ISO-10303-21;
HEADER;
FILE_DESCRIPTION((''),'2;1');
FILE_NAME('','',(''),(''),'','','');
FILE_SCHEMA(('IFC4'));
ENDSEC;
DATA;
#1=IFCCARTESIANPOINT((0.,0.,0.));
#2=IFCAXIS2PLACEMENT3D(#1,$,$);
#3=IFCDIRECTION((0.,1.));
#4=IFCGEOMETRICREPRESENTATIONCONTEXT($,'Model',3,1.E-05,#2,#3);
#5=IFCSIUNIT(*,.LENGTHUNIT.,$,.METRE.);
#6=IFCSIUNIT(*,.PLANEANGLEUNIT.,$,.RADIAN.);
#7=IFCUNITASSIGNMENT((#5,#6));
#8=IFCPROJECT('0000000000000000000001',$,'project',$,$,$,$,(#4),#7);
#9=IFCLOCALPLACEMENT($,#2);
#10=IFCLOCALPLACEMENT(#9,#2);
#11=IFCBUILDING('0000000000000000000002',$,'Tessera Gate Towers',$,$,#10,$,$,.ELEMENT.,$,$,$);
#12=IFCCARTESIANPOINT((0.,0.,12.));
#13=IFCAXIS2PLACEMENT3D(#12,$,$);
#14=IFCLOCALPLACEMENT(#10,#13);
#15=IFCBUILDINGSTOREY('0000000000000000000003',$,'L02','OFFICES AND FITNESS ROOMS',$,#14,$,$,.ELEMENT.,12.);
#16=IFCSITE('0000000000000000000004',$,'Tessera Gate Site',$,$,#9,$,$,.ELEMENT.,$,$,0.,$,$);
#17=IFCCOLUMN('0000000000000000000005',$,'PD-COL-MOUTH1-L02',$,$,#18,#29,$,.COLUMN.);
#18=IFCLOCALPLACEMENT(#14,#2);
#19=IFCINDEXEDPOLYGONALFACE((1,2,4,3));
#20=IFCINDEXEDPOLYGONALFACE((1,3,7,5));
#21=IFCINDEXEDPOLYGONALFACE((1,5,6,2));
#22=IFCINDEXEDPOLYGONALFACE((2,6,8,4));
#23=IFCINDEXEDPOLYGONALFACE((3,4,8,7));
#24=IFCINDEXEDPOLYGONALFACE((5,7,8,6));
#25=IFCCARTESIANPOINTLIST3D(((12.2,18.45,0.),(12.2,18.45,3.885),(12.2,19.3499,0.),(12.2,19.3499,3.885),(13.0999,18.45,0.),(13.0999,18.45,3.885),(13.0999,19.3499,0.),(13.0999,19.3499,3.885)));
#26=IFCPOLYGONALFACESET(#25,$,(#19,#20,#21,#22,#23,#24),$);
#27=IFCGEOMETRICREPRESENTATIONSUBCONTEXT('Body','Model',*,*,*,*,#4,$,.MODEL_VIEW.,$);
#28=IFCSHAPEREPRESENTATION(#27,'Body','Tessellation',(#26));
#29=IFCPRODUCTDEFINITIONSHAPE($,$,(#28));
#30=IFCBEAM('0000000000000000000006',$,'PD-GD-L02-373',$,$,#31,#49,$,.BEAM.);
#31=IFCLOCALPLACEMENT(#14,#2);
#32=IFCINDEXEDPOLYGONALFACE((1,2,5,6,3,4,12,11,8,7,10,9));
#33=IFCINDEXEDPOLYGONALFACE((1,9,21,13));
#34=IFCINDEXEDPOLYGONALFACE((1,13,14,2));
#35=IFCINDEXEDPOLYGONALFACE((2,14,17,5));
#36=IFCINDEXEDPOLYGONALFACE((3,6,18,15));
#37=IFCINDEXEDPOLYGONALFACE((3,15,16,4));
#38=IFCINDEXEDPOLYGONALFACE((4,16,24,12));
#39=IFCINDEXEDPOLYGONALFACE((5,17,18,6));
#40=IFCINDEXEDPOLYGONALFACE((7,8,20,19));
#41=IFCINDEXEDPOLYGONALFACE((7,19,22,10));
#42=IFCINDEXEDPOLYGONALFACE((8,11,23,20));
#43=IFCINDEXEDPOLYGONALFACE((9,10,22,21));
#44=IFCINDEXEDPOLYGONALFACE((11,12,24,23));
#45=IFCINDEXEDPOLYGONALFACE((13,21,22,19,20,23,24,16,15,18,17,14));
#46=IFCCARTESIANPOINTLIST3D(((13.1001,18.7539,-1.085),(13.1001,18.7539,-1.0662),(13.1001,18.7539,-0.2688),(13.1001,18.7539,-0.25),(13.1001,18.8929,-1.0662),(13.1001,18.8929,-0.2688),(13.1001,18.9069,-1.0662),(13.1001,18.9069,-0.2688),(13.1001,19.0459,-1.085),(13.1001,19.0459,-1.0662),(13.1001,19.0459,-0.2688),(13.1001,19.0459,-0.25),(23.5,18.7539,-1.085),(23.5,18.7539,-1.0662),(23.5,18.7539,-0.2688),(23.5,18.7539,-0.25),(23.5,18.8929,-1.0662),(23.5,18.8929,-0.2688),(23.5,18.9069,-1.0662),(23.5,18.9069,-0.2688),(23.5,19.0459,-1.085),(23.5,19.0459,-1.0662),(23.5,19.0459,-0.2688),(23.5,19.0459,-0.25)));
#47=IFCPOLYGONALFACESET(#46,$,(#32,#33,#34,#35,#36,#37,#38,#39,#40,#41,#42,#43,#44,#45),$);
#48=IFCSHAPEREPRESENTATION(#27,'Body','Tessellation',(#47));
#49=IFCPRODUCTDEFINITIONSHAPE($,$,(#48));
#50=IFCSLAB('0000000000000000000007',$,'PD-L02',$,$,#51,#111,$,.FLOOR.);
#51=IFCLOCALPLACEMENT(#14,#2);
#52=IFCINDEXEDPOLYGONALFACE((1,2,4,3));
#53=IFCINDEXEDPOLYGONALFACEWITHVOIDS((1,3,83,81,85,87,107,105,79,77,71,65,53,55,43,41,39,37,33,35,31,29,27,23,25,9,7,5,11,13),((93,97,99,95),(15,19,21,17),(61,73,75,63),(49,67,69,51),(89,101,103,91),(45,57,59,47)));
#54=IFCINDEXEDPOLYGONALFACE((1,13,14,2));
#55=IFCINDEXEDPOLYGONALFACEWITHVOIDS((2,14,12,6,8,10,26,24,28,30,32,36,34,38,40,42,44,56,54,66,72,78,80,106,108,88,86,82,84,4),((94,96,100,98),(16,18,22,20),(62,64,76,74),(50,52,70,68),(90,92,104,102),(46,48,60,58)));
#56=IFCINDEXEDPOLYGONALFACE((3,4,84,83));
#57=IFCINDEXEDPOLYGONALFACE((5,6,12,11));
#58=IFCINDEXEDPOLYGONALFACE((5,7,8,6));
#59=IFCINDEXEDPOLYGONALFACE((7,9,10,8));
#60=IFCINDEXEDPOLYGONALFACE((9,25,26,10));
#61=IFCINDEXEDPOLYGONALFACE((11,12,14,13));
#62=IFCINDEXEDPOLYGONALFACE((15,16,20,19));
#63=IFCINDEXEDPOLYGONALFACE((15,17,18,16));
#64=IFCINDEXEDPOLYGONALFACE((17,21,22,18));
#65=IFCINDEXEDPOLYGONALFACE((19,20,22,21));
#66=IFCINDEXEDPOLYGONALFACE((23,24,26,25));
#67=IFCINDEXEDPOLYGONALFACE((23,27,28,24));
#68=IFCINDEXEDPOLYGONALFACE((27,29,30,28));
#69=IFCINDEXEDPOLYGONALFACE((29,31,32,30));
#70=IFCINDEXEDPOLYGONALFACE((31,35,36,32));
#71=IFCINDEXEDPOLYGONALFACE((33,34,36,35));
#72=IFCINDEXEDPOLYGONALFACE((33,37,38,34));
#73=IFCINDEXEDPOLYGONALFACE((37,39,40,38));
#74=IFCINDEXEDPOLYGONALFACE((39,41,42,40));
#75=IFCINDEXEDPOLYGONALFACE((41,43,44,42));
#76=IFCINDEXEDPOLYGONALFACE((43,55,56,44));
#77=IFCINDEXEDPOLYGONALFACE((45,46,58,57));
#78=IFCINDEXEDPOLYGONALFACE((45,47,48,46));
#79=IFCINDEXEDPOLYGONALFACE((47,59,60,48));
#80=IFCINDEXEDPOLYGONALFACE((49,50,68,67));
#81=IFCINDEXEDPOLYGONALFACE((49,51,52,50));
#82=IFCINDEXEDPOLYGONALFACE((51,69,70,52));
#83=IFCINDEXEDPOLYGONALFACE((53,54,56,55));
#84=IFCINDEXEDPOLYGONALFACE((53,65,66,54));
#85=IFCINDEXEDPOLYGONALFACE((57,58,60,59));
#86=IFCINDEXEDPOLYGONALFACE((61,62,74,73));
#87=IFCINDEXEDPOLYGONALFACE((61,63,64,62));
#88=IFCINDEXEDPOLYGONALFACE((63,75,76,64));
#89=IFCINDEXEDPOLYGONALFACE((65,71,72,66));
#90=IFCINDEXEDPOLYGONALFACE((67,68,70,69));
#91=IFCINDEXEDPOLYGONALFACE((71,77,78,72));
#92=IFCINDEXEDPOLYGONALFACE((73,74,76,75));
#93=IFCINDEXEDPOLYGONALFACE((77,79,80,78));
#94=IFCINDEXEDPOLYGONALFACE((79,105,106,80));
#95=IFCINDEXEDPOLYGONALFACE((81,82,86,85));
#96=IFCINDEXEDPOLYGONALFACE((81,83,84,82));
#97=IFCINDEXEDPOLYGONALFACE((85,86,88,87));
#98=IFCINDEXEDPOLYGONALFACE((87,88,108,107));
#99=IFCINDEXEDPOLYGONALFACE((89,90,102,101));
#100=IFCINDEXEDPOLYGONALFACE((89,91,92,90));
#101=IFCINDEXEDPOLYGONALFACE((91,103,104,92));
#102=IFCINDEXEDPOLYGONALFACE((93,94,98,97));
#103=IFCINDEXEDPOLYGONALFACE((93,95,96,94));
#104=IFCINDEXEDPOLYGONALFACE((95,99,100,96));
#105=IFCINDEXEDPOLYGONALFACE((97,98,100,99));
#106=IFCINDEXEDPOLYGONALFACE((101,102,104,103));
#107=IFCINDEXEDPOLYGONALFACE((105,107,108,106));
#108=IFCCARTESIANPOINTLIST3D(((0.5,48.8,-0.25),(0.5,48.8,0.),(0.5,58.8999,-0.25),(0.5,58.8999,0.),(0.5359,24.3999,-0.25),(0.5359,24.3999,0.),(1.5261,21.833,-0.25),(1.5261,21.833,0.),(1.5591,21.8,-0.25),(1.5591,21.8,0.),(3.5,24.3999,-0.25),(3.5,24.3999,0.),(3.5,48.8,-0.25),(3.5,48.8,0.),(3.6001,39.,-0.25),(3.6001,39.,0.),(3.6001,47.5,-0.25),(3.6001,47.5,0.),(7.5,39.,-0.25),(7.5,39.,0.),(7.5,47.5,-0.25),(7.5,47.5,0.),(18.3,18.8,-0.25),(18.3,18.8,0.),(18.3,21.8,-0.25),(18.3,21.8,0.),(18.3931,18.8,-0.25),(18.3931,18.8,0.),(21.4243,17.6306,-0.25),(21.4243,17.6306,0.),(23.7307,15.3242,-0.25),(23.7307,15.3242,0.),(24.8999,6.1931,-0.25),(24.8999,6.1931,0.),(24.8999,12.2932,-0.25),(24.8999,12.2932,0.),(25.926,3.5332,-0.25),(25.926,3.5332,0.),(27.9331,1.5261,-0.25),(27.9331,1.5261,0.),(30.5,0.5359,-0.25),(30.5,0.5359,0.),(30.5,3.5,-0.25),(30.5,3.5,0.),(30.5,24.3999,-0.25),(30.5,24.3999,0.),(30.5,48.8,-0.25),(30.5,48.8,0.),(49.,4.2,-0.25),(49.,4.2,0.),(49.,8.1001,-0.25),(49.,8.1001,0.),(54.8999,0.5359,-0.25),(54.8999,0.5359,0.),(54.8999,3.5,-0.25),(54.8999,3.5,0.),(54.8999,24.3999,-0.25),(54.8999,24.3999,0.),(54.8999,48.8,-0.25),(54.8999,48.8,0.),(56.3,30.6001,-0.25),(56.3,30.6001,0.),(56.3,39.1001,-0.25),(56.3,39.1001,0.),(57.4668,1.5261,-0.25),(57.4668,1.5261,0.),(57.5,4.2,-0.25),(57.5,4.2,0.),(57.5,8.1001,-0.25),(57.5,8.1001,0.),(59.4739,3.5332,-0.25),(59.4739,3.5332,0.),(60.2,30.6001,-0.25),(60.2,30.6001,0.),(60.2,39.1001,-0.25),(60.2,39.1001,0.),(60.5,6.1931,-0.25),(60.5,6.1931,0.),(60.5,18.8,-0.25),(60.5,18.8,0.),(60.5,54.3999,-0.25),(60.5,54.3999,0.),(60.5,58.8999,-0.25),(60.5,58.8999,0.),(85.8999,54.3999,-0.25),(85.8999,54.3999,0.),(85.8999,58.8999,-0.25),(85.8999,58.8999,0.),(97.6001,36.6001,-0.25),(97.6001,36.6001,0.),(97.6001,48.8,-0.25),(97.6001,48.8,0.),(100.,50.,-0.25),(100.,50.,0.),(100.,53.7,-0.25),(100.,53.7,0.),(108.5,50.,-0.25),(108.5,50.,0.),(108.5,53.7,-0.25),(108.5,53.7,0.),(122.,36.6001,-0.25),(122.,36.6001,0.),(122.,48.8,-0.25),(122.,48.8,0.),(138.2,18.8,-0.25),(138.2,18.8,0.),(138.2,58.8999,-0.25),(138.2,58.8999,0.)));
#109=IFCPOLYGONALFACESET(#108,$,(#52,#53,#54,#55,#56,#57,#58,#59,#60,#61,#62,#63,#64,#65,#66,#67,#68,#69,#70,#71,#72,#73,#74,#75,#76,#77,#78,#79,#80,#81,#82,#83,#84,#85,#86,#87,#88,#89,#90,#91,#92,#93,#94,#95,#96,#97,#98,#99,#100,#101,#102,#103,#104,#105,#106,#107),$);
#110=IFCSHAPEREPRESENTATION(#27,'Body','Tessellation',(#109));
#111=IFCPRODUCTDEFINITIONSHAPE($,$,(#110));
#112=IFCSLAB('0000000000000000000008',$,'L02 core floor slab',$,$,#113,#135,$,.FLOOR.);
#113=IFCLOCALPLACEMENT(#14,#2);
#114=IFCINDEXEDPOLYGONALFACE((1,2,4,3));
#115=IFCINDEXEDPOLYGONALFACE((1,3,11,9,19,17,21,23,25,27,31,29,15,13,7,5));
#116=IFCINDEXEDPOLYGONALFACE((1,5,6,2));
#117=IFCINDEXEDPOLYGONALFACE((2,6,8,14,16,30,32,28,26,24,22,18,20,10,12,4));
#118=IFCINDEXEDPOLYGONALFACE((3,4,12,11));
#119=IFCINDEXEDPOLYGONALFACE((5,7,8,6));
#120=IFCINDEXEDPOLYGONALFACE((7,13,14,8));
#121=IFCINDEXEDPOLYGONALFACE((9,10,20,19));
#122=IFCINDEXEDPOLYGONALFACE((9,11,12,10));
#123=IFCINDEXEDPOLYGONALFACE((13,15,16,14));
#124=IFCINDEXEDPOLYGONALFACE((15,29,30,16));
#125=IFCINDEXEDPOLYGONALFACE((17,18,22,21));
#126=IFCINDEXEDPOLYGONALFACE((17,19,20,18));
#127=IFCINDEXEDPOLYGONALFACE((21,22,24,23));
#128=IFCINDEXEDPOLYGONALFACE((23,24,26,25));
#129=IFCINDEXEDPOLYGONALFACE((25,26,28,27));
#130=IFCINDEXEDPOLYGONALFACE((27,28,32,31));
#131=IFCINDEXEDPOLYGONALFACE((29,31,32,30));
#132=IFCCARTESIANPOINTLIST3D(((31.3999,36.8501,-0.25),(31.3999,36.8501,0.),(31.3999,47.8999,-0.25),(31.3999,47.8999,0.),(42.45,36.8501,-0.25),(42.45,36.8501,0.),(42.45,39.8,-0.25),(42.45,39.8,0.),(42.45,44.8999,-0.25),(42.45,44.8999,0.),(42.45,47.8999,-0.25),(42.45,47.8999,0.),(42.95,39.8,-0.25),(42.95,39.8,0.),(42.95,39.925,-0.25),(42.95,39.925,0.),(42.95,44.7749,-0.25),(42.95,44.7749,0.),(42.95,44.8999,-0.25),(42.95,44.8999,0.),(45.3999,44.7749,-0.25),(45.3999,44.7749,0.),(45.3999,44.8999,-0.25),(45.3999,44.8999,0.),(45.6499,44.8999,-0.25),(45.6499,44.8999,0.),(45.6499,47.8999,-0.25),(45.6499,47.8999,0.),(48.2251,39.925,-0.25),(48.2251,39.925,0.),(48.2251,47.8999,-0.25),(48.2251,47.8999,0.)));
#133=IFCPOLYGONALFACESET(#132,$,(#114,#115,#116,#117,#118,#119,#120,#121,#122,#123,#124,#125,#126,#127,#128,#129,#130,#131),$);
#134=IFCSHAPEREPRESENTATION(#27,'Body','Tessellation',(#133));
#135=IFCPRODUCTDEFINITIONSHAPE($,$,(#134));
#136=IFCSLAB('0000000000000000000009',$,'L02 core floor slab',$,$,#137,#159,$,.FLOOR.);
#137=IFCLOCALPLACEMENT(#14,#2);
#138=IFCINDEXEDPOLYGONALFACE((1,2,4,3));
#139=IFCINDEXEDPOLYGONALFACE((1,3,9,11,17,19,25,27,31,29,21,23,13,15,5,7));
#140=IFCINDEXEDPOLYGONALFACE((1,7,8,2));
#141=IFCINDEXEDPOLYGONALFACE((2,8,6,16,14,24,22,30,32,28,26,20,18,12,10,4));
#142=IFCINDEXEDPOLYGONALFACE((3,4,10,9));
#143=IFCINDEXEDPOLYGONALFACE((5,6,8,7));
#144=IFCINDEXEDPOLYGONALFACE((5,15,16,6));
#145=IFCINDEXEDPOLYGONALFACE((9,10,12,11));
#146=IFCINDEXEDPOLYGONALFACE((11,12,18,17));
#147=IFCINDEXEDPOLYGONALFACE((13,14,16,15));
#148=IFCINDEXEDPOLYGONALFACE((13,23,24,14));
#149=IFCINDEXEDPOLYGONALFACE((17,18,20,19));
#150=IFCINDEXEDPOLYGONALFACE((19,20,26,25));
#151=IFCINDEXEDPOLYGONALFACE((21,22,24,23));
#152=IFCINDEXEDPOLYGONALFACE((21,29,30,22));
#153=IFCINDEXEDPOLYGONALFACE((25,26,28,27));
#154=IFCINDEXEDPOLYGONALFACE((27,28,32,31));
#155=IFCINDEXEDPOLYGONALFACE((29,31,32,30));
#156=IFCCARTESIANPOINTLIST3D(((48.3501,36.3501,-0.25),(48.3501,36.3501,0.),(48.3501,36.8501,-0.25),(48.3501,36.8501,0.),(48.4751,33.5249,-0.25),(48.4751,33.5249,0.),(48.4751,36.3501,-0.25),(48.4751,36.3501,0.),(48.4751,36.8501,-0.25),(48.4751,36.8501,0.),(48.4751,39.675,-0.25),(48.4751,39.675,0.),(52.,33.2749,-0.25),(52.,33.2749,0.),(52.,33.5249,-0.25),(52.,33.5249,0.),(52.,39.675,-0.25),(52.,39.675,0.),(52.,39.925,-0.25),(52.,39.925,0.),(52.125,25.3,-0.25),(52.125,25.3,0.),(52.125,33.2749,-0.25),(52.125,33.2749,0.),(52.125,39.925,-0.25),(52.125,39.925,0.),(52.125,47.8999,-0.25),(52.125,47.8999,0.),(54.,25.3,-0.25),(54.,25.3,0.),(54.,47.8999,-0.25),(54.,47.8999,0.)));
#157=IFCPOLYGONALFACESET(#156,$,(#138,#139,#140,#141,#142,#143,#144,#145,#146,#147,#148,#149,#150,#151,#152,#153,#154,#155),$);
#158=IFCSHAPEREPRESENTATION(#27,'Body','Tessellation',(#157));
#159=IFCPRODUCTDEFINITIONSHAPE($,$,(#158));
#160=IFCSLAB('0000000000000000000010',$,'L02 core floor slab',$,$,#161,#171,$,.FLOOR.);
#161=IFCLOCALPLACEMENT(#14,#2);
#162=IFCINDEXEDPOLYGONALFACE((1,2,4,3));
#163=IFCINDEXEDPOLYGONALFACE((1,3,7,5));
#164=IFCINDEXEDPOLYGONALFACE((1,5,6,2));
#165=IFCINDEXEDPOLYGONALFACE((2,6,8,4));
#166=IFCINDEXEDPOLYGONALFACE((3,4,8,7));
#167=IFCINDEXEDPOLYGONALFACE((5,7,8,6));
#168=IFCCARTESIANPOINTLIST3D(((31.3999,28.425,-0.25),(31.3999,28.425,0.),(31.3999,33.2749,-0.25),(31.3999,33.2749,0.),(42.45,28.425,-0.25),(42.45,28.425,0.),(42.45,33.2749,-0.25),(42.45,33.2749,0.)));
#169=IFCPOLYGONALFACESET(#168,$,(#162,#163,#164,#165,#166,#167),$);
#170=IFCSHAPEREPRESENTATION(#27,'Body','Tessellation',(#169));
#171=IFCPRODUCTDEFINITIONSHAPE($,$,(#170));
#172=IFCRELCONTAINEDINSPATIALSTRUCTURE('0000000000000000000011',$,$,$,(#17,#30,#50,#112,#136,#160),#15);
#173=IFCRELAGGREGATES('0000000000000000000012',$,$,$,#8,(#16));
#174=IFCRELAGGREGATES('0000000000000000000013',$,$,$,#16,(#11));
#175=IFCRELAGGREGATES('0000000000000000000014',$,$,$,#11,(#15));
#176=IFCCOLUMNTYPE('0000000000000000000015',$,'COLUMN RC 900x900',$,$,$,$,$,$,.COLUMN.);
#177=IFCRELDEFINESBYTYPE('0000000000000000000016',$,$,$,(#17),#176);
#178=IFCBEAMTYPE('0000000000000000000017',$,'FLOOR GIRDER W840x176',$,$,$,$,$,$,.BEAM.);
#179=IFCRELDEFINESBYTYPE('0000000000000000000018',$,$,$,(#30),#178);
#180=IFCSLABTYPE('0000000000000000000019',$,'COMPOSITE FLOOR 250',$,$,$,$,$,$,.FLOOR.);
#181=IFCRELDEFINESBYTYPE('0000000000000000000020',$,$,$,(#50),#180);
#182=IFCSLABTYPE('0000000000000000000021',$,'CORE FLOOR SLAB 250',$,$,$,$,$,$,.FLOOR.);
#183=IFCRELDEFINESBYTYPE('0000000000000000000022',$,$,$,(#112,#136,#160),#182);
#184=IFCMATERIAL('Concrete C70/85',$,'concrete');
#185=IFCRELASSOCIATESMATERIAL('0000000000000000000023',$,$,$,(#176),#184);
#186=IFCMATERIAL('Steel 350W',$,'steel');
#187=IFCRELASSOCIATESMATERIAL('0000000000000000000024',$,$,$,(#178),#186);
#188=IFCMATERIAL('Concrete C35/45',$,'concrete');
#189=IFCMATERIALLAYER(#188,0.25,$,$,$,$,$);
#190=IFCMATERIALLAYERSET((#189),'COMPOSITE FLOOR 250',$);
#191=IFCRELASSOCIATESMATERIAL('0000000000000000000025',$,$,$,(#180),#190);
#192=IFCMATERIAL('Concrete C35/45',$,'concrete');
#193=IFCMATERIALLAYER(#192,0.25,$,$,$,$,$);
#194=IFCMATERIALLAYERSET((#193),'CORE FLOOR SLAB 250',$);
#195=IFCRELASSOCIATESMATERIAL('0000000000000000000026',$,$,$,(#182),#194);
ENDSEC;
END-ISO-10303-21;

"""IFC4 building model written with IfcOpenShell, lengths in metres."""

from ifc_helpers import new_model, si_unit, direction, frame, origin, origin_2d, place, context, subcontext, project, spatial, polyline, rectangle, i_section, outline, extrude, material, layer, layer_set, material_profile, profile_set, type_object, element, save


model = new_model("IFC4")

# Units and contexts
model_context = context("Model", 3, precision=1e-05, world=origin(), true_north=direction((0.0, 1.0)))
body_context = subcontext(model_context, "Body", "Model", "MODEL_VIEW")
ifc_project = project(units=[si_unit("LENGTHUNIT", "METRE"), si_unit("PLANEANGLEUNIT", "RADIAN")], contexts=[model_context])

# Site, building, storey
site_placement = place(None, origin())
site = spatial("IfcSite", under=ifc_project, at=site_placement, Name="Tessera Gate Site", CompositionType="ELEMENT", RefElevation=0.0)
building_placement = place(site_placement, origin())
building = spatial("IfcBuilding", under=site, at=building_placement, Name="Tessera Gate Towers", CompositionType="ELEMENT")
storey_placement = place(building_placement, frame((0.0, 0.0, 12.0)))
storey = spatial("IfcBuildingStorey", under=building, at=storey_placement, Name="L02", Description="OFFICES AND FITNESS ROOMS", CompositionType="ELEMENT", Elevation=12.0)

# Column
ifc_material_1 = material(Name="Concrete C70/85", Category="concrete")
ifc_material_profile_1 = material_profile(ifc_material_1, rectangle(XDim=0.8999, YDim=0.8999, at=origin_2d()), Name="RC 900x900")
ifc_profile_set_1 = profile_set([ifc_material_profile_1], Name="Concrete C70/85")
column_type = type_object("IfcColumnType", Name="COLUMN RC 900x900", PredefinedType="COLUMN", material=ifc_profile_set_1)
column_placement = place(storey_placement, frame((12.6499, 18.8999, 0.0), z_axis=(0.0, 0.0, 1.0), x_axis=(1.0, 0.0, 0.0)))
element("IfcColumn", 1, at=column_placement, inside=storey, type_object=column_type, Name="PD-COL-MOUTH1-L02", PredefinedType="COLUMN", context=body_context, shape_type="SweptSolid", body=[
    extrude(rectangle(XDim=0.8999, YDim=0.8999, at=origin_2d()), origin(), (0.0, 0.0, 1.0), 3.885),
])

# Beam
ifc_material_2 = material(Name="Steel 350W", Category="steel")
ifc_material_profile_2 = material_profile(ifc_material_2, i_section(OverallWidth=0.292, OverallDepth=0.835, WebThickness=0.0139, FlangeThickness=0.0188, at=origin_2d()), Name="W840x176")
ifc_profile_set_2 = profile_set([ifc_material_profile_2], Name="Steel 350W")
beam_type = type_object("IfcBeamType", Name="FLOOR GIRDER W840x176", PredefinedType="BEAM", material=ifc_profile_set_2)
beam_placement = place(storey_placement, frame((13.1001, 18.8999, -0.6675), z_axis=(1.0, 0.0, 0.0), x_axis=(0.0, 1.0, 0.0)))
element("IfcBeam", 2, at=beam_placement, inside=storey, type_object=beam_type, Name="PD-GD-L02-373", PredefinedType="BEAM", context=body_context, shape_type="SweptSolid", body=[
    extrude(i_section(OverallWidth=0.292, OverallDepth=0.835, WebThickness=0.0139, FlangeThickness=0.0188, at=origin_2d()), origin(), (0.0, 0.0, 1.0), 10.3999),
])

# Slabs
ifc_material_3 = material(Name="Concrete C35/45", Category="concrete")
ifc_layer_1 = layer(ifc_material_3, 0.25)
ifc_layer_set_1 = layer_set([ifc_layer_1], Name="COMPOSITE FLOOR 250")
slab_type_1 = type_object("IfcSlabType", Name="COMPOSITE FLOOR 250", PredefinedType="FLOOR", material=ifc_layer_set_1)
slab_1_placement = place(storey_placement, frame((0.0, 0.0, -0.25)))
element("IfcSlab", 3, at=slab_1_placement, inside=storey, type_object=slab_type_1, Name="PD-L02", PredefinedType="FLOOR", context=body_context, shape_type="SweptSolid", body=[
    extrude(outline(polyline([(0.5, 48.8), (3.5, 48.8), (3.5, 24.3999), (0.5359, 24.3999), (1.5261, 21.833), (1.5591, 21.8), (18.3, 21.8), (18.3, 18.8), (18.3931, 18.8), (21.4243, 17.6306), (23.7307, 15.3242), (24.8999, 12.2932), (24.8999, 6.1931), (25.926, 3.5332), (27.9331, 1.5261), (30.5, 0.5359), (30.5, 3.5), (54.8999, 3.5), (54.8999, 0.5359), (57.4668, 1.5261), (59.4739, 3.5332), (60.5, 6.1931), (60.5, 18.8), (138.2, 18.8), (138.2, 58.8999), (85.8999, 58.8999), (85.8999, 54.3999), (60.5, 54.3999), (60.5, 58.8999), (0.5, 58.8999), (0.5, 48.8)]), holes=[polyline([(3.6001, 39.0), (3.6001, 47.5), (7.5, 47.5), (7.5, 39.0), (3.6001, 39.0)]), polyline([(30.5, 24.3999), (30.5, 48.8), (54.8999, 48.8), (54.8999, 24.3999), (30.5, 24.3999)]), polyline([(49.0, 4.2), (49.0, 8.1001), (57.5, 8.1001), (57.5, 4.2), (49.0, 4.2)]), polyline([(56.3, 30.6001), (56.3, 39.1001), (60.2, 39.1001), (60.2, 30.6001), (56.3, 30.6001)]), polyline([(97.6001, 36.6001), (97.6001, 48.8), (122.0, 48.8), (122.0, 36.6001), (97.6001, 36.6001)]), polyline([(100.0, 50.0), (100.0, 53.7), (108.5, 53.7), (108.5, 50.0), (100.0, 50.0)])]), origin(), (0.0, 0.0, 1.0), 0.25),
])
ifc_material_4 = material(Name="Concrete C35/45", Category="concrete")
ifc_layer_2 = layer(ifc_material_4, 0.25)
ifc_layer_set_2 = layer_set([ifc_layer_2], Name="CORE FLOOR SLAB 250")
slab_type_2 = type_object("IfcSlabType", Name="CORE FLOOR SLAB 250", PredefinedType="FLOOR", material=ifc_layer_set_2)
slab_2_placement = place(storey_placement, frame((0.0, 0.0, -0.25)))
element("IfcSlab", 4, at=slab_2_placement, inside=storey, type_object=slab_type_2, Name="L02 core floor slab", PredefinedType="FLOOR", context=body_context, shape_type="SweptSolid", body=[
    extrude(outline(polyline([(31.3999, 47.8999), (31.3999, 36.8501), (42.45, 36.8501), (42.45, 39.8), (42.95, 39.8), (42.95, 39.925), (48.2251, 39.925), (48.2251, 47.8999), (45.6499, 47.8999), (45.6499, 44.8999), (45.3999, 44.8999), (45.3999, 44.7749), (42.95, 44.7749), (42.95, 44.8999), (42.45, 44.8999), (42.45, 47.8999), (31.3999, 47.8999)])), origin(), (0.0, 0.0, 1.0), 0.25),
])
slab_3_placement = place(storey_placement, frame((0.0, 0.0, -0.25)))
element("IfcSlab", 5, at=slab_3_placement, inside=storey, type_object=slab_type_2, Name="L02 core floor slab", PredefinedType="FLOOR", context=body_context, shape_type="SweptSolid", body=[
    extrude(outline(polyline([(48.3501, 36.8501), (48.3501, 36.3501), (48.4751, 36.3501), (48.4751, 33.5249), (52.0, 33.5249), (52.0, 33.2749), (52.125, 33.2749), (52.125, 25.3), (54.0, 25.3), (54.0, 47.8999), (52.125, 47.8999), (52.125, 39.925), (52.0, 39.925), (52.0, 39.675), (48.4751, 39.675), (48.4751, 36.8501), (48.3501, 36.8501)])), origin(), (0.0, 0.0, 1.0), 0.25),
])
slab_4_placement = place(storey_placement, frame((0.0, 0.0, -0.25)))
element("IfcSlab", 6, at=slab_4_placement, inside=storey, type_object=slab_type_2, Name="L02 core floor slab", PredefinedType="FLOOR", context=body_context, shape_type="SweptSolid", body=[
    extrude(outline(polyline([(42.45, 28.425), (42.45, 33.2749), (31.3999, 33.2749), (31.3999, 28.425), (42.45, 28.425)])), origin(), (0.0, 0.0, 1.0), 0.25),
])

save(model, "model.ifc")
